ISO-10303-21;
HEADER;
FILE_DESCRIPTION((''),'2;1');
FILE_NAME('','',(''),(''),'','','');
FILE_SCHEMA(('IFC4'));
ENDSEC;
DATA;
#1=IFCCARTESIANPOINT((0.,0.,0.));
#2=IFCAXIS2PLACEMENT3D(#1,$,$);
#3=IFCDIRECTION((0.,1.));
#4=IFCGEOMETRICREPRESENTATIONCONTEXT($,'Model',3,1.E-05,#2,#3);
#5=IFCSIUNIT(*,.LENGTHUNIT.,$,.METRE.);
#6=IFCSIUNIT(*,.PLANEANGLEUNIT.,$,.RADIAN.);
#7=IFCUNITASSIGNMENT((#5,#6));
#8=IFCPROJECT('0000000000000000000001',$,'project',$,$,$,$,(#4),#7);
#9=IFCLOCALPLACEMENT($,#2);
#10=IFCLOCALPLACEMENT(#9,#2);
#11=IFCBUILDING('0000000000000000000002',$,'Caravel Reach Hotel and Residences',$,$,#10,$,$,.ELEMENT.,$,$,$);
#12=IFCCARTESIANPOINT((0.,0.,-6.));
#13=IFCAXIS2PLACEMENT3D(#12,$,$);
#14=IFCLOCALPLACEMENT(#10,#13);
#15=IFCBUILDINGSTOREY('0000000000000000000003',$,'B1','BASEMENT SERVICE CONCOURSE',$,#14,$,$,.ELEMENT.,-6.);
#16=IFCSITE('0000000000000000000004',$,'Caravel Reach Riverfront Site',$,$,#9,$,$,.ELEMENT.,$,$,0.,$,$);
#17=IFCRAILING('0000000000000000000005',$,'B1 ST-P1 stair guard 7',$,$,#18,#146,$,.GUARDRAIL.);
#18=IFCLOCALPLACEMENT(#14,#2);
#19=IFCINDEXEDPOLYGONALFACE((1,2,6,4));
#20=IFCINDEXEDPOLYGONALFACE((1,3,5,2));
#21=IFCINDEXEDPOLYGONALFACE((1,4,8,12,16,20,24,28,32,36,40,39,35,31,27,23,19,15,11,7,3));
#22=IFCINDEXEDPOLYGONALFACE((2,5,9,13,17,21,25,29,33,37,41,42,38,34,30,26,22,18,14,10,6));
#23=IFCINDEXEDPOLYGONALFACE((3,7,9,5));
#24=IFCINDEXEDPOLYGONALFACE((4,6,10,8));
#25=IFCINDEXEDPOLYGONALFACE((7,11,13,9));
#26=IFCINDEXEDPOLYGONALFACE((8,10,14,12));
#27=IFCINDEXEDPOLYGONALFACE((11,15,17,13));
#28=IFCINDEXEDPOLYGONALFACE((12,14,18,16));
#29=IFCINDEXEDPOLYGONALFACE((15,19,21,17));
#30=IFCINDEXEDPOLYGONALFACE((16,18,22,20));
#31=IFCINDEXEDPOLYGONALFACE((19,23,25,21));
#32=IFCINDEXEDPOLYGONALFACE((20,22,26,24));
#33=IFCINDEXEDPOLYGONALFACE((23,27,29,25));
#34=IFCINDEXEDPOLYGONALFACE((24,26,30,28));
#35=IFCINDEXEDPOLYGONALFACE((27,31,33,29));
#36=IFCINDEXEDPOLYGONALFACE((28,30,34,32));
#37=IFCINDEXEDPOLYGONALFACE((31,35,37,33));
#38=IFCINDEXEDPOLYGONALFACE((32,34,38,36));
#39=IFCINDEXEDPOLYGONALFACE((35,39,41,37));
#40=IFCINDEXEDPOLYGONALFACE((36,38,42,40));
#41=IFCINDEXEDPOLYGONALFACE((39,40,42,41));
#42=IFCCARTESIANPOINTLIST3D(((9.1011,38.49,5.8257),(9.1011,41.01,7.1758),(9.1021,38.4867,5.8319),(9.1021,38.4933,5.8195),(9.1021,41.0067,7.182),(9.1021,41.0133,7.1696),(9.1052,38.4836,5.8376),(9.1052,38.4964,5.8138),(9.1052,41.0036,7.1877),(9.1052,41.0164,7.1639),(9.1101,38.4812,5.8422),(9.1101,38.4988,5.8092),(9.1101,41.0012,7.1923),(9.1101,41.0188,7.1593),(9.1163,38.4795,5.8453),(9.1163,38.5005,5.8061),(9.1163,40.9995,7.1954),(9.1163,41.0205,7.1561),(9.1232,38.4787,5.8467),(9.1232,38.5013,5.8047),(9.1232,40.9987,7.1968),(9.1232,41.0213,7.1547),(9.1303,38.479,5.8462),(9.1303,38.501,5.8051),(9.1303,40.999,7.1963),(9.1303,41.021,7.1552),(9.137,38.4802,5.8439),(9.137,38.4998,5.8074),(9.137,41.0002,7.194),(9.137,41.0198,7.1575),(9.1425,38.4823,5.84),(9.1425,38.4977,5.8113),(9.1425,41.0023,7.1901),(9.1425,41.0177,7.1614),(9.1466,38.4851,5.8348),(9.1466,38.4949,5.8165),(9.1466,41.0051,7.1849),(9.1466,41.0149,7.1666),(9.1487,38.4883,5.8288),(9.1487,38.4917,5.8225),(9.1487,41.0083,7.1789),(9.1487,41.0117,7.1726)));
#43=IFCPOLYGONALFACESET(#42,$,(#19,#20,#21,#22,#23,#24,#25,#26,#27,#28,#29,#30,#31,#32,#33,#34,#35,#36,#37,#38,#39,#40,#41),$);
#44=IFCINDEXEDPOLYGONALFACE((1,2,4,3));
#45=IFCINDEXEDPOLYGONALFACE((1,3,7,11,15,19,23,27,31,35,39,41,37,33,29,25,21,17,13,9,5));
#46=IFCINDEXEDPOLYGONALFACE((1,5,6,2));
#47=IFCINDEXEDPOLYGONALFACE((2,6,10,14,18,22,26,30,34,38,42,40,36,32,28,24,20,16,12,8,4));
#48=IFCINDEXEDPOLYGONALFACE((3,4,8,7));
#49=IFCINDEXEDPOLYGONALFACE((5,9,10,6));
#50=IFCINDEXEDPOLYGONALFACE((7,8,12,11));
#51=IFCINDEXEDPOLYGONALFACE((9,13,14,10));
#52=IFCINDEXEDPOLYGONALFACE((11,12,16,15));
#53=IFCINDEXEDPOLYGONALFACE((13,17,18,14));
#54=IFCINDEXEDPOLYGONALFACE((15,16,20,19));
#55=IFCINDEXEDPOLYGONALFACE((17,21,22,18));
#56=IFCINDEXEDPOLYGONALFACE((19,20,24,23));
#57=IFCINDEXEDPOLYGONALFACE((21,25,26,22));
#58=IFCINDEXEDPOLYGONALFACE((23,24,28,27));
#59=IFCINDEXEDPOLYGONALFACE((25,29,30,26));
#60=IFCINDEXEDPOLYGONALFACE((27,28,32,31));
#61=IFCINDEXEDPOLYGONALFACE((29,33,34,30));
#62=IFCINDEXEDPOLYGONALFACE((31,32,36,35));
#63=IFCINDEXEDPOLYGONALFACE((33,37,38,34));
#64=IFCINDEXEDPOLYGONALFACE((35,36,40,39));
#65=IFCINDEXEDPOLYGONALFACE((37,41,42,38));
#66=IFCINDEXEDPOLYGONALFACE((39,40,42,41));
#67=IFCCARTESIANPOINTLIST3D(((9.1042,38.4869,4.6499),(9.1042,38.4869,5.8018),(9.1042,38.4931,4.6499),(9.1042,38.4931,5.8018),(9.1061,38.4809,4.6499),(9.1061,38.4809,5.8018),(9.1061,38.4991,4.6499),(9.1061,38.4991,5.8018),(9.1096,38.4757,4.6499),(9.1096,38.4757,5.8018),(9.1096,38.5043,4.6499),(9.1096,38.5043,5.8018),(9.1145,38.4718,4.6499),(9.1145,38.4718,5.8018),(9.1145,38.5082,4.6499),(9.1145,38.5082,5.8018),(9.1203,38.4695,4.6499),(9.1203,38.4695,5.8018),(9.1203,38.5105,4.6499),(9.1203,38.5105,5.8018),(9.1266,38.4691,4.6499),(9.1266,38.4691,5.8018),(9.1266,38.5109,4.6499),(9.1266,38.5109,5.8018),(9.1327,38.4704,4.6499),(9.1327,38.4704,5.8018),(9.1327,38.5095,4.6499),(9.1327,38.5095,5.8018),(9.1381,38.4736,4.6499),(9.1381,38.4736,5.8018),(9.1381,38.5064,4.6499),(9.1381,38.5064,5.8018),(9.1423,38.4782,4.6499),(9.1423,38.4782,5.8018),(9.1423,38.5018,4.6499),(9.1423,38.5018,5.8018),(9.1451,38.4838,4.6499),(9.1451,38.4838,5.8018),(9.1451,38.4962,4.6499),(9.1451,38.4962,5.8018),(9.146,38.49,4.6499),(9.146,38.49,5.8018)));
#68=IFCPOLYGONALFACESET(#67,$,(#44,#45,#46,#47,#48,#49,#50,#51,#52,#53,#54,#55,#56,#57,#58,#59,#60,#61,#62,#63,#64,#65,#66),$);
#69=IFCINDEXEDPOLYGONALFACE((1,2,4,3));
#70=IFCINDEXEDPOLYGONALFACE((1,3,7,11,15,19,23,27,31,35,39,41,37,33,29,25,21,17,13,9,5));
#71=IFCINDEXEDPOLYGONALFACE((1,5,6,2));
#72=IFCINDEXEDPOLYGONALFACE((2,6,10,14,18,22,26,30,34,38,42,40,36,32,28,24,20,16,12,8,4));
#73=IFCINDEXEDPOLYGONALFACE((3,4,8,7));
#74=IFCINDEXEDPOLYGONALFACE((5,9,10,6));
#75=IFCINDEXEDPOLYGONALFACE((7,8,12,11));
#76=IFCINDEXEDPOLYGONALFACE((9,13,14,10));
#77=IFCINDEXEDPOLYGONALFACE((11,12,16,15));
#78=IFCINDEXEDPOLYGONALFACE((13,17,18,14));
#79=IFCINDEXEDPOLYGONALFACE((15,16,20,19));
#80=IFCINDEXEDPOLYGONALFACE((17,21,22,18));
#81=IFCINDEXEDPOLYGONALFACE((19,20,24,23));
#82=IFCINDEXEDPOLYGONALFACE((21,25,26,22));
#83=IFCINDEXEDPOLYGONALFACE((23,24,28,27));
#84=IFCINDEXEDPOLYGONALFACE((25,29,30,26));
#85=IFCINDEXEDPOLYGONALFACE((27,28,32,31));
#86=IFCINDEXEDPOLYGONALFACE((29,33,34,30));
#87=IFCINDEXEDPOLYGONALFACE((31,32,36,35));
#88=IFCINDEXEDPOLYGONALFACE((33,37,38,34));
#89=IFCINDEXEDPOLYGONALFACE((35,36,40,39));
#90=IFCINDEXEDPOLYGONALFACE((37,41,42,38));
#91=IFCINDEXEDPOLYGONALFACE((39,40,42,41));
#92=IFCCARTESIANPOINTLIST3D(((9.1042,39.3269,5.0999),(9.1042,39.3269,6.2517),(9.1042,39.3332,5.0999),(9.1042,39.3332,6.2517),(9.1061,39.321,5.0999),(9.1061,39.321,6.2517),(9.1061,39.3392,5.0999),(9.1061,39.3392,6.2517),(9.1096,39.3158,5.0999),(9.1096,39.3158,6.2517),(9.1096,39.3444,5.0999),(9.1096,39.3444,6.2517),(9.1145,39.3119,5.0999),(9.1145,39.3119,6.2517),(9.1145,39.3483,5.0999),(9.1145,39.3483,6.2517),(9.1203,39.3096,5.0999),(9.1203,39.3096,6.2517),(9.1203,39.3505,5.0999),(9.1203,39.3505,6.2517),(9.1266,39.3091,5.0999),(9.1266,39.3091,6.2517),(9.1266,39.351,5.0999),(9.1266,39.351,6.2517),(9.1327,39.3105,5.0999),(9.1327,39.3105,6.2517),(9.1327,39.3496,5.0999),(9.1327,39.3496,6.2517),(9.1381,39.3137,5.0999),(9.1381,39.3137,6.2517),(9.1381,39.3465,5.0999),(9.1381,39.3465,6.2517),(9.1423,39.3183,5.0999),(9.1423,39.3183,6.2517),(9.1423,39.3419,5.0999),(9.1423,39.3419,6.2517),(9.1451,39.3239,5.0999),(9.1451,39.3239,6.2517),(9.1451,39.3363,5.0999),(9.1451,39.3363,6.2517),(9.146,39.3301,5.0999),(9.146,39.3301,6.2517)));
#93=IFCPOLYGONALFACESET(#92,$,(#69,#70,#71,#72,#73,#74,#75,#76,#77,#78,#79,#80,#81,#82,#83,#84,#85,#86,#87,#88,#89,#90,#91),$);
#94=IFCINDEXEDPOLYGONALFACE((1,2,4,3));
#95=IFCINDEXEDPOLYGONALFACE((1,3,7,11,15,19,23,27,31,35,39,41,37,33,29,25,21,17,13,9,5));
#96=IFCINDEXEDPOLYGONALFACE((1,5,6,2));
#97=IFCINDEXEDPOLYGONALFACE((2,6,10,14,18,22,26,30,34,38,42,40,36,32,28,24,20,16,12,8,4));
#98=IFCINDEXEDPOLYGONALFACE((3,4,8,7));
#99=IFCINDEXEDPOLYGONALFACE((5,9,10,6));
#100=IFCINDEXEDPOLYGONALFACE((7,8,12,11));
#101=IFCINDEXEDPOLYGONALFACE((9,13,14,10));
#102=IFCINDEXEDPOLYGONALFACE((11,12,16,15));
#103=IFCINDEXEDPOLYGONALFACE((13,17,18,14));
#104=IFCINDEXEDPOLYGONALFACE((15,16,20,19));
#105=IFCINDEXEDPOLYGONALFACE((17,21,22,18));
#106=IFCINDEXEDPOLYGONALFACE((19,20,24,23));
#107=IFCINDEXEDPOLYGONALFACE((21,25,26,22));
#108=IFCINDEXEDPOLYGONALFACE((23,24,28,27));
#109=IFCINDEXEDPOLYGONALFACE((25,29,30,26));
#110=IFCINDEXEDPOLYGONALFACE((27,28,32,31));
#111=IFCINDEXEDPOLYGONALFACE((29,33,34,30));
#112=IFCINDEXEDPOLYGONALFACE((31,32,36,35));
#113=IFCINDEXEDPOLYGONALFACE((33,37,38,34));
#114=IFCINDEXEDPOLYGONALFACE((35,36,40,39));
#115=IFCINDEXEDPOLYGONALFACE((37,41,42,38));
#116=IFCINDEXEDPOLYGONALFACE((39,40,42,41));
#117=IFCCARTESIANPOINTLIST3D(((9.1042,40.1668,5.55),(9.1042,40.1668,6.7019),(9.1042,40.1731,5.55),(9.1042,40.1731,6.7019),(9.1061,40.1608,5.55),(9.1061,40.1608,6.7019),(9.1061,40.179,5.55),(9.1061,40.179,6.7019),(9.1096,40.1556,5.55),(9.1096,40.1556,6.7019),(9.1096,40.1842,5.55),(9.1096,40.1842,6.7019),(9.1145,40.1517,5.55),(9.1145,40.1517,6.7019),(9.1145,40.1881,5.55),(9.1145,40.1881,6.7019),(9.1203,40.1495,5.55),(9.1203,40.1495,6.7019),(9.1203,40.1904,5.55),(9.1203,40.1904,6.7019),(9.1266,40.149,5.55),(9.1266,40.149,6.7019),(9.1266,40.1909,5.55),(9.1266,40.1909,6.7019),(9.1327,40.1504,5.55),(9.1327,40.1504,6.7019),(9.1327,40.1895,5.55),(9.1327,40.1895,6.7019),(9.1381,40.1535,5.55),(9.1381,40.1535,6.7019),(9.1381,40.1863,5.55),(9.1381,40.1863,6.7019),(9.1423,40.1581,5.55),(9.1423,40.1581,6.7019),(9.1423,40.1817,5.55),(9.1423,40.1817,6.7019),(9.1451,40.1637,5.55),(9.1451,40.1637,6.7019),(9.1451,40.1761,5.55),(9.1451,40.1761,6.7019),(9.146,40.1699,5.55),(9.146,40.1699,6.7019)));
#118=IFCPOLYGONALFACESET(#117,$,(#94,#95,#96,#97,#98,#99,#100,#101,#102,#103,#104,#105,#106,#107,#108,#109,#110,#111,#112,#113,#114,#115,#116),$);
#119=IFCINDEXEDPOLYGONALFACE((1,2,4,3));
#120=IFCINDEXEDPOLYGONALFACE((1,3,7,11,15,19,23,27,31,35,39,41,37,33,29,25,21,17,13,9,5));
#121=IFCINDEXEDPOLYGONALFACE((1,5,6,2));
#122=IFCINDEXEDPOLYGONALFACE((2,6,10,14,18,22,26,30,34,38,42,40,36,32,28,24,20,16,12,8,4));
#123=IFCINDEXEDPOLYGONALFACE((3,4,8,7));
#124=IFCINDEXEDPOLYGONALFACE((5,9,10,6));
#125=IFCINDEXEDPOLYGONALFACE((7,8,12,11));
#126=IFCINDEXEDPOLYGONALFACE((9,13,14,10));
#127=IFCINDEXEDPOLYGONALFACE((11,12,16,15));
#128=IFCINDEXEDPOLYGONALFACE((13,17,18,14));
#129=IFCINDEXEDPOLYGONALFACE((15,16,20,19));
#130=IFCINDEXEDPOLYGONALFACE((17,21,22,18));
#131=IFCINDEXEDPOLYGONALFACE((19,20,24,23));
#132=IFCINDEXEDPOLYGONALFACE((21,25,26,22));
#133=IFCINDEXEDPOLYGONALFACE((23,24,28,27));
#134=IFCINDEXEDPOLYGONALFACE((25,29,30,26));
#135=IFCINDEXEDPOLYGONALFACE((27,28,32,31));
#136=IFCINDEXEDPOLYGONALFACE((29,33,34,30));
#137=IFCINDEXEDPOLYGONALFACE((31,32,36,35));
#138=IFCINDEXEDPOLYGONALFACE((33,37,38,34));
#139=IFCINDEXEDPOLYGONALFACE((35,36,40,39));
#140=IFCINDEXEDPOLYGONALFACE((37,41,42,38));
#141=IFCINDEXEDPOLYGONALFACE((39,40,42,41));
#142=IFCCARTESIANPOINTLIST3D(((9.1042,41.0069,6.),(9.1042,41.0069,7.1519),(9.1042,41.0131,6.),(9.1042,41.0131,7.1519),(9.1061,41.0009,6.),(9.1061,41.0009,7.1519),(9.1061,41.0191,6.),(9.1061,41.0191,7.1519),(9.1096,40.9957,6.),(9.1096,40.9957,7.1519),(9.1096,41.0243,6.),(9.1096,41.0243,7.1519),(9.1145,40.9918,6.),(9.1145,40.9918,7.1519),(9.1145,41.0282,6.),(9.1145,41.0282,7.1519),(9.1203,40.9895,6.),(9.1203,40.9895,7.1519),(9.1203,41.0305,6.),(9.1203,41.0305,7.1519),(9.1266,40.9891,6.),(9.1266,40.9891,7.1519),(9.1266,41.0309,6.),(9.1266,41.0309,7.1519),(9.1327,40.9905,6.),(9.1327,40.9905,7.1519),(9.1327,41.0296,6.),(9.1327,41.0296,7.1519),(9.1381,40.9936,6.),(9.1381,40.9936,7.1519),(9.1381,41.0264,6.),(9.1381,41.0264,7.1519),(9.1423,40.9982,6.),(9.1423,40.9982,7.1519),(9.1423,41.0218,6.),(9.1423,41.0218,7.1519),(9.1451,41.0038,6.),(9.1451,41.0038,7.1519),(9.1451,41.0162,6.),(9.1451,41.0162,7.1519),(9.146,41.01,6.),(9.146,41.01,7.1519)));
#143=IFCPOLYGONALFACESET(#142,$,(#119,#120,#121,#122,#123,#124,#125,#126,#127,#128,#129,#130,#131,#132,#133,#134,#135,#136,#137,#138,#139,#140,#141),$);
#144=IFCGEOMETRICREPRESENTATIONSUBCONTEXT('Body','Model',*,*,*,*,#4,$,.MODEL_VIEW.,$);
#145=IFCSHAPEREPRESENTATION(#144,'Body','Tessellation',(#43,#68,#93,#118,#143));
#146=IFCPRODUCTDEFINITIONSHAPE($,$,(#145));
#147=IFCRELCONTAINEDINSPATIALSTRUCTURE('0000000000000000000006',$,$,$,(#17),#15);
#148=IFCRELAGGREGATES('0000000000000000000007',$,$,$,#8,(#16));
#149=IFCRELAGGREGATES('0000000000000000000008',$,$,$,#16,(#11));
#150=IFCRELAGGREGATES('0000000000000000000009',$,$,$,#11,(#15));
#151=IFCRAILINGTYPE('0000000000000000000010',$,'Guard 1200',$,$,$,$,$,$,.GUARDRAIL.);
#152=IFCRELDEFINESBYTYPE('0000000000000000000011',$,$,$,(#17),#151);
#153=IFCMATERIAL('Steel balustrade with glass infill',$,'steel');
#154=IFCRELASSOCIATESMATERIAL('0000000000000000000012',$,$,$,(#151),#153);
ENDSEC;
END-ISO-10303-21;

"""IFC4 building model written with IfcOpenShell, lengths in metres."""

from ifc_helpers import new_model, si_unit, direction, frame, origin, origin_2d, place, context, subcontext, project, spatial, circle, extrude, material, type_object, element, save


model = new_model("IFC4")

# Units and contexts
model_context = context("Model", 3, precision=1e-05, world=origin(), true_north=direction((0.0, 1.0)))
body_context = subcontext(model_context, "Body", "Model", "MODEL_VIEW")
ifc_project = project(units=[si_unit("LENGTHUNIT", "METRE"), si_unit("PLANEANGLEUNIT", "RADIAN")], contexts=[model_context])

# Site, building, storey
site_placement = place(None, origin())
site = spatial("IfcSite", under=ifc_project, at=site_placement, Name="Caravel Reach Riverfront Site", CompositionType="ELEMENT", RefElevation=0.0)
building_placement = place(site_placement, origin())
building = spatial("IfcBuilding", under=site, at=building_placement, Name="Caravel Reach Hotel and Residences", CompositionType="ELEMENT")
storey_placement = place(building_placement, frame((0.0, 0.0, -6.0)))
storey = spatial("IfcBuildingStorey", under=building, at=storey_placement, Name="B1", Description="BASEMENT SERVICE CONCOURSE", CompositionType="ELEMENT", Elevation=-6.0)

# Railing
ifc_material_1 = material(Name="Steel balustrade with glass infill", Category="steel")
railing_type = type_object("IfcRailingType", Name="Guard 1200", PredefinedType="GUARDRAIL", material=ifc_material_1)
railing_1_placement = place(storey_placement, frame((9.125, 38.49, 4.6499)))
element("IfcRailing", 1, at=railing_1_placement, inside=storey, type_object=railing_type, Name="B1 ST-P1 stair guard 7", PredefinedType="GUARDRAIL", context=body_context, shape_type="SweptSolid", body=[
    extrude(circle(Radius=0.0239, at=origin_2d()), frame((0.0, 0.0, 1.1758), z_axis=(0.0, 0.881467, 0.472245), x_axis=(-1.0, 0.0, 0.0)), (0.0, 0.0, 1.0), 2.8589),
    extrude(circle(Radius=0.021, at=origin_2d()), origin(), (0.0, 0.0, 1.0), 1.1519),
    extrude(circle(Radius=0.021, at=origin_2d()), frame((0.0, 0.8401, 0.45)), (0.0, 0.0, 1.0), 1.1519),
    extrude(circle(Radius=0.021, at=origin_2d()), frame((0.0, 1.6799, 0.9001)), (0.0, 0.0, 1.0), 1.1519),
    extrude(circle(Radius=0.021, at=origin_2d()), frame((0.0, 2.52, 1.3501)), (0.0, 0.0, 1.0), 1.1519),
])

save(model, "model.ifc")
